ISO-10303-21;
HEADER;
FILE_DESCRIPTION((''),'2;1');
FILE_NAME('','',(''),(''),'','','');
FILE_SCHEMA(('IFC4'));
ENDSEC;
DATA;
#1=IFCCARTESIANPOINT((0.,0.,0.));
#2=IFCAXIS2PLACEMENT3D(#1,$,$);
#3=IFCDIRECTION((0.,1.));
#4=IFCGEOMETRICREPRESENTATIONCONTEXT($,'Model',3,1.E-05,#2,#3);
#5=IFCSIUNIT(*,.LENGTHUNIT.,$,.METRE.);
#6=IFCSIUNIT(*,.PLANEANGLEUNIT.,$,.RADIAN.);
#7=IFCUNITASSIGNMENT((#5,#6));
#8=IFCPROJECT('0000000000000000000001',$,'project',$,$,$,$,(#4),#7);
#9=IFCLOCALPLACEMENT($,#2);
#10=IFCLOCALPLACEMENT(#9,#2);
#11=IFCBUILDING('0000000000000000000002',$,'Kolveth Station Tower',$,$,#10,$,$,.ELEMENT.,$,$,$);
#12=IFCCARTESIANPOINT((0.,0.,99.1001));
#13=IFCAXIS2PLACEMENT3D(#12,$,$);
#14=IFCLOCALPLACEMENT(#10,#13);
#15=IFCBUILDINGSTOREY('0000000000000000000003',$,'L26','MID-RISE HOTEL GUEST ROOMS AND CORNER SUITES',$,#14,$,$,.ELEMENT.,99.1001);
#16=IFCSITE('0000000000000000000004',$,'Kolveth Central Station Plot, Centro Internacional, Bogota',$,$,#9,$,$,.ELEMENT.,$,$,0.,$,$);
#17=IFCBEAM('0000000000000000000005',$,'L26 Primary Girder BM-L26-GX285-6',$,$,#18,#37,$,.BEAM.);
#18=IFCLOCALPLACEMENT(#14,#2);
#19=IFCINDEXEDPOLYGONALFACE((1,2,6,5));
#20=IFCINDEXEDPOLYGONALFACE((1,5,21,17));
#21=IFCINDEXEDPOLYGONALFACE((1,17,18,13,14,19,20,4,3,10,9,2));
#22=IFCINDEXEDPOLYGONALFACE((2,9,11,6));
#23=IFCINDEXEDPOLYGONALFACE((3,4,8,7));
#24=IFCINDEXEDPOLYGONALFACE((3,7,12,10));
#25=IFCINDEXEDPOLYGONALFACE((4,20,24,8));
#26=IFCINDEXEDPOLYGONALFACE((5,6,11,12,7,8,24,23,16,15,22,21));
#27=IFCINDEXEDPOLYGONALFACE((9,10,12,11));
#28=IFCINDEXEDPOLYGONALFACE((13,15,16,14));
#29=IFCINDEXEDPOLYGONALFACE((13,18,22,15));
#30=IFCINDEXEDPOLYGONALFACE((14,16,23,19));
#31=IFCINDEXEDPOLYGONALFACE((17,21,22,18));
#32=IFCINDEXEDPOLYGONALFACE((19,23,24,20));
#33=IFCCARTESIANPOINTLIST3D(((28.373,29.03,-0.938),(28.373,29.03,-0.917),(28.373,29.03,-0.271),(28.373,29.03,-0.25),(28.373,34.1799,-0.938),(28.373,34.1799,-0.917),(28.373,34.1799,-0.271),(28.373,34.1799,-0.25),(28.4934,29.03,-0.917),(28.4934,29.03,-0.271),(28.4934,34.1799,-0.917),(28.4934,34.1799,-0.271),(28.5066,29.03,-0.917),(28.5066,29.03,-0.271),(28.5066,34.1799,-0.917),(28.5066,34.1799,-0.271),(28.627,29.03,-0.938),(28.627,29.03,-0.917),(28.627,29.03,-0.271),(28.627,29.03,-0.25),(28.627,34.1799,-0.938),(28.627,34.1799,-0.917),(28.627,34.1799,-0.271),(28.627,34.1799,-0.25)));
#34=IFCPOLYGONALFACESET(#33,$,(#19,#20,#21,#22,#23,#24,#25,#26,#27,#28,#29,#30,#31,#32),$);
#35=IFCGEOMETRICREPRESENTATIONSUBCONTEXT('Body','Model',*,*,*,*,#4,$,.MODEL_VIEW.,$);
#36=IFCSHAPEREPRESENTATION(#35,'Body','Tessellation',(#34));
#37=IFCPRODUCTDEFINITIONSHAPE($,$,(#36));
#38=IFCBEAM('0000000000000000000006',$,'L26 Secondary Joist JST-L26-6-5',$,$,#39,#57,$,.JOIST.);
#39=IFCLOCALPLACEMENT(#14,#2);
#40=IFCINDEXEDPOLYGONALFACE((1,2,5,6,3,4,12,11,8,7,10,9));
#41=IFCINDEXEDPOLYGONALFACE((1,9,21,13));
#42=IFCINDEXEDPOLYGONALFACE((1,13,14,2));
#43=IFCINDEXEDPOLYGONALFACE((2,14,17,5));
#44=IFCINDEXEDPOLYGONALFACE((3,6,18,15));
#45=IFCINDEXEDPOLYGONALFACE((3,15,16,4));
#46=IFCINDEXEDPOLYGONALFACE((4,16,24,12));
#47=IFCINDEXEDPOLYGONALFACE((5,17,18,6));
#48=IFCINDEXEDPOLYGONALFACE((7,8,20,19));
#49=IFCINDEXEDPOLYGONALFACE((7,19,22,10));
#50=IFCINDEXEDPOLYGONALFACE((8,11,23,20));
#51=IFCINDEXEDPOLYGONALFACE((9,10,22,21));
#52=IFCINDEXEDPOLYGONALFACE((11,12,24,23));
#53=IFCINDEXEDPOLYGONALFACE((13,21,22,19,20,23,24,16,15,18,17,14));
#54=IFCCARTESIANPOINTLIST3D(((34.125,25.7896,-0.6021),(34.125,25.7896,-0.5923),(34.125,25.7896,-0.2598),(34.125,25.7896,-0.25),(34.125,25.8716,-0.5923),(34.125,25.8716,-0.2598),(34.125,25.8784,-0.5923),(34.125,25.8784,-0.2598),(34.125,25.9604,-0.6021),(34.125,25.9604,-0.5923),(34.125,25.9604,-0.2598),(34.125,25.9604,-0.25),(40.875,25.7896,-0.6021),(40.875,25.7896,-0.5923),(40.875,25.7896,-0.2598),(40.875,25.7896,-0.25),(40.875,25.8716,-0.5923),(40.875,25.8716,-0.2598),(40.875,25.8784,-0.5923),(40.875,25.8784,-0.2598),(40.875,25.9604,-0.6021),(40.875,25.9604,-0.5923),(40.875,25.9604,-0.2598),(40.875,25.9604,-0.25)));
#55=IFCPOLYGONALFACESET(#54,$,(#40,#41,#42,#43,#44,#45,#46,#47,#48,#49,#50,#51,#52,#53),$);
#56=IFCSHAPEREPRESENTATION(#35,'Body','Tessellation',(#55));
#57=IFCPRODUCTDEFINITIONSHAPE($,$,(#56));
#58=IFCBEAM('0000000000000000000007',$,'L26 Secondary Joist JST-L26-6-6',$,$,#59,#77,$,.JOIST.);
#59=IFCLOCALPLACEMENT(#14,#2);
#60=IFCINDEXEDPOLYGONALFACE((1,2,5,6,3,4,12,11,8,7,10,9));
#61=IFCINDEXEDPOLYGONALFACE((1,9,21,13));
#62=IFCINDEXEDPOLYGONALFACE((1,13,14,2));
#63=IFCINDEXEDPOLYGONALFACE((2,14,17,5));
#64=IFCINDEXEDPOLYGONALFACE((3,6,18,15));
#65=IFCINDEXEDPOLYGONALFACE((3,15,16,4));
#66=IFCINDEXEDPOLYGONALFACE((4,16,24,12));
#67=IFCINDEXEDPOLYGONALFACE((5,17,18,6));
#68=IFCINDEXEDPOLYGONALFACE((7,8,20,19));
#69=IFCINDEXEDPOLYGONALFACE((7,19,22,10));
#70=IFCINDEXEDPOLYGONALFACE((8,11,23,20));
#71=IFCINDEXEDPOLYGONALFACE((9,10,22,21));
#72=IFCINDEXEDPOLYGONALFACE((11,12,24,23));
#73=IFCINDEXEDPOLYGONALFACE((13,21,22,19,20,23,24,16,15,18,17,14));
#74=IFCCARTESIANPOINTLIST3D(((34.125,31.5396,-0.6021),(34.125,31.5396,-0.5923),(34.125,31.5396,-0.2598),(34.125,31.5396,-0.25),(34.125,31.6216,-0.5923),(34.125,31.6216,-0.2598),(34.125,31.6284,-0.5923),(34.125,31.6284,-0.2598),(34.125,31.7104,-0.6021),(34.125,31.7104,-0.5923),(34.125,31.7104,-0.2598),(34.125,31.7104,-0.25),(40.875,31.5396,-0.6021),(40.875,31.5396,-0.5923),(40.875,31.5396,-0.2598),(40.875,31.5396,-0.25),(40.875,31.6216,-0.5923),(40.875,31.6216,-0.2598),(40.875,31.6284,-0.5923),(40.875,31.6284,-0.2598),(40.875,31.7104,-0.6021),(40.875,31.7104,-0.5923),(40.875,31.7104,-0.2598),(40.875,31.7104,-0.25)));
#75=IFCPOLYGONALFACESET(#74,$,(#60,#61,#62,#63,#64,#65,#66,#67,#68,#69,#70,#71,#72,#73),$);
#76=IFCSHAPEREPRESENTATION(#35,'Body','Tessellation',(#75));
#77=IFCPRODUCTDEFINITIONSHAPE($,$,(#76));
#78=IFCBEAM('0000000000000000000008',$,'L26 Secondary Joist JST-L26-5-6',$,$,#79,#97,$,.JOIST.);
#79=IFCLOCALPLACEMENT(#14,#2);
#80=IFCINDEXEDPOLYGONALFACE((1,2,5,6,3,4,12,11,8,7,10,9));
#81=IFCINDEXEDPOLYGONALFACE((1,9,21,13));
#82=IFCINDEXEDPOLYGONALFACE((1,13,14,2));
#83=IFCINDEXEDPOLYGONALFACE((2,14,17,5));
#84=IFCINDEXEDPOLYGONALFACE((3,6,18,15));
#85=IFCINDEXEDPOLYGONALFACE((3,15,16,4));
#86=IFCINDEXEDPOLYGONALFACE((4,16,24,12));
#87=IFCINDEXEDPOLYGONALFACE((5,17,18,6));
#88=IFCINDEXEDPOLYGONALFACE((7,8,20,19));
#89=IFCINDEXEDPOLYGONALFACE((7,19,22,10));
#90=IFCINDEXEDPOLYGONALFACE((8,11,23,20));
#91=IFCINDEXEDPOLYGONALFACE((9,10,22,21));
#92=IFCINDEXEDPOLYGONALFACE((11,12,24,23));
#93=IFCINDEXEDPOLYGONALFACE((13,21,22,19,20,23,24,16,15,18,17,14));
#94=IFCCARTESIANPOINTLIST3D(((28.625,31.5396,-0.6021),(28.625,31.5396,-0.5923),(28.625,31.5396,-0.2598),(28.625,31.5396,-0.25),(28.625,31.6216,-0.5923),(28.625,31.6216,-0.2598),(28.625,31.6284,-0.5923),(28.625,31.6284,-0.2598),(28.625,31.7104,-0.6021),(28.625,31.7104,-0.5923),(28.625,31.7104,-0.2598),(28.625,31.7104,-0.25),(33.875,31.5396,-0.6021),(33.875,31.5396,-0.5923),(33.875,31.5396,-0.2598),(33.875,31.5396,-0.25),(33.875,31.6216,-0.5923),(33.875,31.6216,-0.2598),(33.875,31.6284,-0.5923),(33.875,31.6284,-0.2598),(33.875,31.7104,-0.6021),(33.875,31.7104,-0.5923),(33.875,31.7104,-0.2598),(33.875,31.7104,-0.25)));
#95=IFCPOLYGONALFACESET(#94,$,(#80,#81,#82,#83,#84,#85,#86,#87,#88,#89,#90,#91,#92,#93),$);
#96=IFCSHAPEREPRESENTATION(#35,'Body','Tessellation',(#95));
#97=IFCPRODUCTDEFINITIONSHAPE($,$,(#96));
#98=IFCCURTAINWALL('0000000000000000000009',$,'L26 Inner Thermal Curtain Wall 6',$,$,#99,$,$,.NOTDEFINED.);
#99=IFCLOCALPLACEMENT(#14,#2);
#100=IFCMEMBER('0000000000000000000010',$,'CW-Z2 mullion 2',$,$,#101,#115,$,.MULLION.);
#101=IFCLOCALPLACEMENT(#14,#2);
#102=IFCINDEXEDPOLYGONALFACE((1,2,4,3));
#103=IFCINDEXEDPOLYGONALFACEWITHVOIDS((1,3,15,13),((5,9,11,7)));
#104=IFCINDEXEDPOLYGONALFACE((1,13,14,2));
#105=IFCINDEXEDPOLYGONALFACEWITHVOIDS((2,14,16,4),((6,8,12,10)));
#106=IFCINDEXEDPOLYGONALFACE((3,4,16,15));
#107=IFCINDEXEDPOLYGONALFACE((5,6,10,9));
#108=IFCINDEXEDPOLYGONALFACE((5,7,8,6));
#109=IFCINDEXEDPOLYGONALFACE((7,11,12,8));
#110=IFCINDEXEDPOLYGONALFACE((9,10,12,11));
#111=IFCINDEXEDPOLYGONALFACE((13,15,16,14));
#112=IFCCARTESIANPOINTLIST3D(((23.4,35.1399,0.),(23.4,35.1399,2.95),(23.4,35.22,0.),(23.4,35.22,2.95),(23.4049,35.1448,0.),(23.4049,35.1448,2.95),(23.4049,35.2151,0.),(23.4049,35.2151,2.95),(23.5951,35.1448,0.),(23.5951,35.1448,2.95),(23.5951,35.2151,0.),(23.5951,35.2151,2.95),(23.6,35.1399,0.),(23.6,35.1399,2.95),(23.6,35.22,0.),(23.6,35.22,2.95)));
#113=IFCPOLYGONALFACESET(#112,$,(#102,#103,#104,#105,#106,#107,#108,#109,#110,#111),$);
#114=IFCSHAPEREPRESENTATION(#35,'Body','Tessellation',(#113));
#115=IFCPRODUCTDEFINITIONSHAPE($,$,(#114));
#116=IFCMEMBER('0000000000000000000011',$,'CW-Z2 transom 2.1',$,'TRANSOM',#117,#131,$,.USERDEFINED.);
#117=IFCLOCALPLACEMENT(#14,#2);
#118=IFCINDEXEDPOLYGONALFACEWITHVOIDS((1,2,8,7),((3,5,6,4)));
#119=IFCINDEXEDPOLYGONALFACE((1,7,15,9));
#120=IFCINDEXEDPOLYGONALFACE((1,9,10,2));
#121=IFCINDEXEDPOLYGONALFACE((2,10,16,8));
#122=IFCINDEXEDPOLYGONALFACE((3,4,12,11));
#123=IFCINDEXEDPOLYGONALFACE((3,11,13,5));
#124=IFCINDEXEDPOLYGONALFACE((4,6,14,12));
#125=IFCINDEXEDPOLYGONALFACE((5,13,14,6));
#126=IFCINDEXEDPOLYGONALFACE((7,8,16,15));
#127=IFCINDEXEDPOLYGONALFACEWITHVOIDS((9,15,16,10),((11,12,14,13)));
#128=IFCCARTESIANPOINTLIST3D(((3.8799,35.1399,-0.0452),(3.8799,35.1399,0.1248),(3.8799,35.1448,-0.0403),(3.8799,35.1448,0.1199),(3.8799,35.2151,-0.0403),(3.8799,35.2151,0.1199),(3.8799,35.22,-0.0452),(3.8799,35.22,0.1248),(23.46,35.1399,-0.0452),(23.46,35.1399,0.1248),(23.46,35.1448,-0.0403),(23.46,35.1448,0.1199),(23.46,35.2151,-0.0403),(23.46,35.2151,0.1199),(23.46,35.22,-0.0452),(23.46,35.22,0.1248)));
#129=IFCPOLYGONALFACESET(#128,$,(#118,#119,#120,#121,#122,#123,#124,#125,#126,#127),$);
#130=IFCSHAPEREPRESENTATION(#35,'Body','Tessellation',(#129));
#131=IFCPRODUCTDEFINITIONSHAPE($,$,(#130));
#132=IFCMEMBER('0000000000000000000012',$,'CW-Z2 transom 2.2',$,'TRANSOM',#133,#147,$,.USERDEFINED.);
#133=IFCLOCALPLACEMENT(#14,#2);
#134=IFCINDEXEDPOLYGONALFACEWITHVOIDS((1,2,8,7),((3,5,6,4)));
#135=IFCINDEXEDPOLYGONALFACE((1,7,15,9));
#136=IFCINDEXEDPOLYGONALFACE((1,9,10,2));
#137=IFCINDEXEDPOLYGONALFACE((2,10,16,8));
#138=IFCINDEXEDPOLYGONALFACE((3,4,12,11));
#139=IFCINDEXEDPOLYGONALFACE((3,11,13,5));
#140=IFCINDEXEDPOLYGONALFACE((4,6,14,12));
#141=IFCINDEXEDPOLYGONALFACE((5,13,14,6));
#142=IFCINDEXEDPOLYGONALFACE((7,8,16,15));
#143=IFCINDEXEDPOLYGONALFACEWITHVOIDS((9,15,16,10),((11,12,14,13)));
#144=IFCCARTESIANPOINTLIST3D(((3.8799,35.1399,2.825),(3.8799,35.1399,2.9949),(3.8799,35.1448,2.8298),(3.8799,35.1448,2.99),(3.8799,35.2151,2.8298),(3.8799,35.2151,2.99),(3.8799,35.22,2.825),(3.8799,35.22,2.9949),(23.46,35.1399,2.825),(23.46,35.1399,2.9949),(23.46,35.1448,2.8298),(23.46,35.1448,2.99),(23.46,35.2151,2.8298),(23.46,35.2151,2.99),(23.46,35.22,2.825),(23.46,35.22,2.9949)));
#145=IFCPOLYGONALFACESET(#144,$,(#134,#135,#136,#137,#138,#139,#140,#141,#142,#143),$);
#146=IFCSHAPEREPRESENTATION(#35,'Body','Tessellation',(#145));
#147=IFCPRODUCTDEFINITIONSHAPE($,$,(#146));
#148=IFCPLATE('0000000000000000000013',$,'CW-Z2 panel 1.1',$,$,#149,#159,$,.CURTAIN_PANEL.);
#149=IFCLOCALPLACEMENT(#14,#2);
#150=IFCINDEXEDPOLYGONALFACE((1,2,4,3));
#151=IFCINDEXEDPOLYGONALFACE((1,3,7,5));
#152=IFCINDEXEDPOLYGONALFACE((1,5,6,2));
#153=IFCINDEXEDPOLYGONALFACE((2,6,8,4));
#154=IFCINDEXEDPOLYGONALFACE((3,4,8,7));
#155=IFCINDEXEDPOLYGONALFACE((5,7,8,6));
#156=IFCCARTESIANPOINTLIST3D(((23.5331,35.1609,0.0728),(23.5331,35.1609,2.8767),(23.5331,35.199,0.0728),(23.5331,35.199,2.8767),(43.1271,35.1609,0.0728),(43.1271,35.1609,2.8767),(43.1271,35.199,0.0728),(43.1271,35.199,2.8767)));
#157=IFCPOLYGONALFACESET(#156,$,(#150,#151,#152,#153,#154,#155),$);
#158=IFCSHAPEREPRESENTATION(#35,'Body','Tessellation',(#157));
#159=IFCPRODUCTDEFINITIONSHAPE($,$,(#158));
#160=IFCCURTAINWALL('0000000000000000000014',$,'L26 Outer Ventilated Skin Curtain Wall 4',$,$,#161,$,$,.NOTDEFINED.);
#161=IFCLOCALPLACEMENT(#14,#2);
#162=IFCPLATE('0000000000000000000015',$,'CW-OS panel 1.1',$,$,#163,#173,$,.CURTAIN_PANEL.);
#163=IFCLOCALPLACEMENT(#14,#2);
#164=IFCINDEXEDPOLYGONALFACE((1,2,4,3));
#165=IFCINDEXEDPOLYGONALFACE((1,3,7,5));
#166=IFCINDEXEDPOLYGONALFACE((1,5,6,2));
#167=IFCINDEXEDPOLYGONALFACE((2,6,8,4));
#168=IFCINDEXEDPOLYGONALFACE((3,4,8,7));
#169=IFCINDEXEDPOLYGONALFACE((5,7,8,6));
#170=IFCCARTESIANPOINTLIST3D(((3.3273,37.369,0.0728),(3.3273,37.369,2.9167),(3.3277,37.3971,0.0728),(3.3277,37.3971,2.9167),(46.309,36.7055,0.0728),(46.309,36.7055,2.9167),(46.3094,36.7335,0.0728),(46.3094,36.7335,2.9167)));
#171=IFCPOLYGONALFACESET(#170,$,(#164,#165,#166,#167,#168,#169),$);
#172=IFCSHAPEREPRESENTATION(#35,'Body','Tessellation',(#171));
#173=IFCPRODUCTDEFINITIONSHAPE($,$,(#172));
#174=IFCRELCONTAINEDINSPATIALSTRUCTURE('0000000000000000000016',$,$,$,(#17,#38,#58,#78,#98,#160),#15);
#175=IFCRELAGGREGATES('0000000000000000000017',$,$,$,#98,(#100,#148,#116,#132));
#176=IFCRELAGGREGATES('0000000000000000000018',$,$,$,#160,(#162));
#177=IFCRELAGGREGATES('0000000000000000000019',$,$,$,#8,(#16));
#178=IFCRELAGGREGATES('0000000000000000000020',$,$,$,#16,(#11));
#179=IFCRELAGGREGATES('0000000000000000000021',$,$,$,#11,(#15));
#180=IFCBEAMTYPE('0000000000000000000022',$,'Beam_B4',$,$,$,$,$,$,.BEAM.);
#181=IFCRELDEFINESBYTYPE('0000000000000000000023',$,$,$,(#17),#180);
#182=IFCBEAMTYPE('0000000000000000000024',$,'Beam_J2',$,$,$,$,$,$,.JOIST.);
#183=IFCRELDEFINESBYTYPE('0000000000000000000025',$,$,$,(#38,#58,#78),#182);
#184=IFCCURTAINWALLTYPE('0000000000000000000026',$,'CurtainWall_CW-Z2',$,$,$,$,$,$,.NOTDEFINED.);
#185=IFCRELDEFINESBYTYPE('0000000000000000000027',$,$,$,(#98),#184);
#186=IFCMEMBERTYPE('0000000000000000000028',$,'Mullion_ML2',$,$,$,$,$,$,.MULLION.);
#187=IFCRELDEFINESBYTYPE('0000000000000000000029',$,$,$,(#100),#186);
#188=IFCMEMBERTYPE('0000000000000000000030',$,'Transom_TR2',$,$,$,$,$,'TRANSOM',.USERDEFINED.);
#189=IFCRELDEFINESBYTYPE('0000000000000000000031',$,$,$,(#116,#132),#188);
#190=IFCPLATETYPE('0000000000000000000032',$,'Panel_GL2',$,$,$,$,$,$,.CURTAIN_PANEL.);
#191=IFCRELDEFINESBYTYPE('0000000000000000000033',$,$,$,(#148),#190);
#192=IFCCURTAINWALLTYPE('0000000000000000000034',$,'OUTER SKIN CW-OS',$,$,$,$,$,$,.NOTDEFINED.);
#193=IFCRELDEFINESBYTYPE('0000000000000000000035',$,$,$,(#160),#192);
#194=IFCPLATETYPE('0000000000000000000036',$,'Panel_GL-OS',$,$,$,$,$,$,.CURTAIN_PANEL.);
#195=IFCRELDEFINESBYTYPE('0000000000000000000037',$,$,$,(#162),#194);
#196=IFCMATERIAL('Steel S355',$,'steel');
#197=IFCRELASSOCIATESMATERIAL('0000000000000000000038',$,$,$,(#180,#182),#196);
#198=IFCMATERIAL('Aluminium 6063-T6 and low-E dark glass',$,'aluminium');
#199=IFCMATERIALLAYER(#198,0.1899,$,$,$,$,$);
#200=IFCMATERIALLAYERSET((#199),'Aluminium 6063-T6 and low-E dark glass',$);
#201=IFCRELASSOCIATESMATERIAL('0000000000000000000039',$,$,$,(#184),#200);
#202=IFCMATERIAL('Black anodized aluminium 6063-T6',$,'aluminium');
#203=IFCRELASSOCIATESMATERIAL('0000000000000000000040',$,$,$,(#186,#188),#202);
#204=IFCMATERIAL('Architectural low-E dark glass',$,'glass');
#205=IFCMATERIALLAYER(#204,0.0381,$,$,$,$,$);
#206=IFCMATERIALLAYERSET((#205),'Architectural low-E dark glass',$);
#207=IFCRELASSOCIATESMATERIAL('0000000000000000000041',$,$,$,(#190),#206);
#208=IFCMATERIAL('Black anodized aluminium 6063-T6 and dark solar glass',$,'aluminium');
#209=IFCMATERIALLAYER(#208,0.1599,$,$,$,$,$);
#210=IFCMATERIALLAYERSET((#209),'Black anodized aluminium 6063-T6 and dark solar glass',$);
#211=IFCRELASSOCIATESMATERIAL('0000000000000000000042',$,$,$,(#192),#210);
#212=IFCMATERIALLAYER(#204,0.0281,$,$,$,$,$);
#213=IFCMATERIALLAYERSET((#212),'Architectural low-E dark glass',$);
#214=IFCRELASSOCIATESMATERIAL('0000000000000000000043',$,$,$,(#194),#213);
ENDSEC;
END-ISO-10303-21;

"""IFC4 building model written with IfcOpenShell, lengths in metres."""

from ifc_helpers import new_model, si_unit, direction, frame, origin, origin_2d, place, context, subcontext, project, spatial, rectangle, hollow_rectangle, i_section, extrude, source, transform, mapped, material, layer, layer_set, material_profile, profile_set, type_object, element, aggregate, save


model = new_model("IFC4")

# Units and contexts
model_context = context("Model", 3, precision=1e-05, world=origin(), true_north=direction((0.0, 1.0)))
body_context = subcontext(model_context, "Body", "Model", "MODEL_VIEW")
ifc_project = project(units=[si_unit("LENGTHUNIT", "METRE"), si_unit("PLANEANGLEUNIT", "RADIAN")], contexts=[model_context])

# Site, building, storey
site_placement = place(None, origin())
site = spatial("IfcSite", under=ifc_project, at=site_placement, Name="Kolveth Central Station Plot, Centro Internacional, Bogota", CompositionType="ELEMENT", RefElevation=0.0)
building_placement = place(site_placement, origin())
building = spatial("IfcBuilding", under=site, at=building_placement, Name="Kolveth Station Tower", CompositionType="ELEMENT")
storey_placement = place(building_placement, frame((0.0, 0.0, 99.1001)))
storey = spatial("IfcBuildingStorey", under=building, at=storey_placement, Name="L26", Description="MID-RISE HOTEL GUEST ROOMS AND CORNER SUITES", CompositionType="ELEMENT", Elevation=99.1001)

# Shared definitions
ifc_material_1 = material(Name="Steel S355", Category="steel")

# Beams
ifc_material_profile_1 = material_profile(ifc_material_1, i_section(OverallWidth=0.2539, OverallDepth=0.688, WebThickness=0.0132, FlangeThickness=0.021, at=origin_2d()), Name="W690x152")
ifc_profile_set_1 = profile_set([ifc_material_profile_1], Name="Steel S355")
beam_type_1 = type_object("IfcBeamType", Name="Beam_B4", PredefinedType="BEAM", material=ifc_profile_set_1)
shared_shape_1 = source(origin(), body_context, "Body", "SweptSolid", [
    extrude(i_section(OverallWidth=0.2539, OverallDepth=0.688, WebThickness=0.0132, FlangeThickness=0.021, at=origin_2d()), origin(), (0.0, 0.0, 1.0), 5.1499),
])
beam_1_placement = place(storey_placement, frame((28.5, 29.03, -0.594), z_axis=(0.0, 1.0, 0.0), x_axis=(-1.0, 0.0, 0.0)))
element("IfcBeam", 1, at=beam_1_placement, inside=storey, type_object=beam_type_1, Name="L26 Primary Girder BM-L26-GX285-6", PredefinedType="BEAM", context=body_context, shape_type="MappedRepresentation", body=[
    mapped(shared_shape_1, transform((0.0, 0.0, 0.0), x_axis=(1.0, 0.0, 0.0), y_axis=(0.0, 1.0, 0.0), z_axis=(0.0, 0.0, 1.0), scale=1.0)),
])
ifc_material_profile_2 = material_profile(ifc_material_1, i_section(OverallWidth=0.1709, OverallDepth=0.3521, WebThickness=0.0068, FlangeThickness=0.0098, at=origin_2d()), Name="W360x44")
ifc_profile_set_2 = profile_set([ifc_material_profile_2], Name="Steel S355")
beam_type_2 = type_object("IfcBeamType", Name="Beam_J2", PredefinedType="JOIST", material=ifc_profile_set_2)
shared_shape_2 = source(origin(), body_context, "Body", "SweptSolid", [
    extrude(i_section(OverallWidth=0.1709, OverallDepth=0.3521, WebThickness=0.0068, FlangeThickness=0.0098, at=origin_2d()), origin(), (0.0, 0.0, 1.0), 6.75),
])
for number, where, z_axis, x_axis, name in (
    (2, (34.125, 25.875, -0.426), (1.0, 0.0, 0.0), (0.0, 1.0, 0.0), "L26 Secondary Joist JST-L26-6-5"),
    (3, (34.125, 31.625, -0.426), (1.0, 0.0, 0.0), (0.0, 1.0, 0.0), "L26 Secondary Joist JST-L26-6-6"),
):
    element("IfcBeam", number, at=place(storey_placement, frame(where, z_axis=z_axis, x_axis=x_axis)), inside=storey, type_object=beam_type_2, Name=name, PredefinedType="JOIST", context=body_context, shape_type="MappedRepresentation", body=[
        mapped(shared_shape_2, transform((0.0, 0.0, 0.0), x_axis=(1.0, 0.0, 0.0), y_axis=(0.0, 1.0, 0.0), z_axis=(0.0, 0.0, 1.0), scale=1.0)),
    ])
shared_shape_3 = source(origin(), body_context, "Body", "SweptSolid", [
    extrude(i_section(OverallWidth=0.1709, OverallDepth=0.3521, WebThickness=0.0068, FlangeThickness=0.0098, at=origin_2d()), origin(), (0.0, 0.0, 1.0), 5.25),
])
beam_2_placement = place(storey_placement, frame((28.625, 31.625, -0.426), z_axis=(1.0, 0.0, 0.0), x_axis=(0.0, 1.0, 0.0)))
element("IfcBeam", 4, at=beam_2_placement, inside=storey, type_object=beam_type_2, Name="L26 Secondary Joist JST-L26-5-6", PredefinedType="JOIST", context=body_context, shape_type="MappedRepresentation", body=[
    mapped(shared_shape_3, transform((0.0, 0.0, 0.0), x_axis=(1.0, 0.0, 0.0), y_axis=(0.0, 1.0, 0.0), z_axis=(0.0, 0.0, 1.0), scale=1.0)),
])

# Curtain wall, members, plate
ifc_material_2 = material(Name="Aluminium 6063-T6 and low-E dark glass", Category="aluminium")
ifc_layer_1 = layer(ifc_material_2, 0.1899)
ifc_layer_set_1 = layer_set([ifc_layer_1], Name="Aluminium 6063-T6 and low-E dark glass")
curtain_wall_type_1 = type_object("IfcCurtainWallType", Name="CurtainWall_CW-Z2", PredefinedType="NOTDEFINED", material=ifc_layer_set_1)
curtain_wall_1_placement = place(storey_placement, origin())
curtain_wall_1 = element("IfcCurtainWall", 5, at=curtain_wall_1_placement, inside=storey, type_object=curtain_wall_type_1, Name="L26 Inner Thermal Curtain Wall 6", PredefinedType="NOTDEFINED")
ifc_material_3 = material(Name="Black anodized aluminium 6063-T6", Category="aluminium")
ifc_material_profile_3 = material_profile(ifc_material_3, hollow_rectangle(XDim=0.0801, YDim=0.2, WallThickness=0.0049, at=origin_2d()), Name="ALU-80x200x5")
ifc_profile_set_3 = profile_set([ifc_material_profile_3], Name="Black anodized aluminium 6063-T6")
member_type_1 = type_object("IfcMemberType", Name="Mullion_ML2", PredefinedType="MULLION", material=ifc_profile_set_3)
shared_shape_4 = source(origin(), body_context, "Body", "SweptSolid", [
    extrude(hollow_rectangle(XDim=0.0801, YDim=0.2, WallThickness=0.0049, at=origin_2d()), origin(), (0.0, 0.0, 1.0), 2.95),
])
member_1_placement = place(storey_placement, frame((23.5, 35.1799, 0.0), z_axis=(0.0, 0.0, 1.0), x_axis=(0.0, -1.0, 0.0)))
member_1 = element("IfcMember", 6, at=member_1_placement, type_object=member_type_1, Name="CW-Z2 mullion 2", PredefinedType="MULLION", context=body_context, shape_type="MappedRepresentation", body=[
    mapped(shared_shape_4, transform((0.0, 0.0, 0.0), x_axis=(1.0, 0.0, 0.0), y_axis=(0.0, 1.0, 0.0), z_axis=(0.0, 0.0, 1.0), scale=1.0)),
])
ifc_material_profile_4 = material_profile(ifc_material_3, hollow_rectangle(XDim=0.0801, YDim=0.1699, WallThickness=0.0049, at=origin_2d()), Name="ALU-80x170x5")
ifc_profile_set_4 = profile_set([ifc_material_profile_4], Name="Black anodized aluminium 6063-T6")
member_type_2 = type_object("IfcMemberType", Name="Transom_TR2", ElementType="TRANSOM", PredefinedType="USERDEFINED", material=ifc_profile_set_4)
shared_shape_5 = source(origin(), body_context, "Body", "SweptSolid", [
    extrude(hollow_rectangle(XDim=0.0801, YDim=0.1699, WallThickness=0.0049, at=origin_2d()), origin(), (0.0, 0.0, 1.0), 19.5801),
])
member_2_placement = place(storey_placement, frame((23.46, 35.1799, 0.0398), z_axis=(-1.0, 0.0, 0.0), x_axis=(0.0, -1.0, 0.0)))
member_2 = element("IfcMember", 7, at=member_2_placement, type_object=member_type_2, Name="CW-Z2 transom 2.1", ObjectType="TRANSOM", PredefinedType="USERDEFINED", context=body_context, shape_type="MappedRepresentation", body=[
    mapped(shared_shape_5, transform((0.0, 0.0, 0.0), x_axis=(1.0, 0.0, 0.0), y_axis=(0.0, 1.0, 0.0), z_axis=(0.0, 0.0, 1.0), scale=1.0)),
])
member_3_placement = place(storey_placement, frame((23.46, 35.1799, 2.9099), z_axis=(-1.0, 0.0, 0.0), x_axis=(0.0, -1.0, 0.0)))
member_3 = element("IfcMember", 8, at=member_3_placement, type_object=member_type_2, Name="CW-Z2 transom 2.2", ObjectType="TRANSOM", PredefinedType="USERDEFINED", context=body_context, shape_type="MappedRepresentation", body=[
    mapped(shared_shape_5, transform((0.0, 0.0, 0.0), x_axis=(1.0, 0.0, 0.0), y_axis=(0.0, 1.0, 0.0), z_axis=(0.0, 0.0, 1.0), scale=1.0)),
])
ifc_material_4 = material(Name="Architectural low-E dark glass", Category="glass")
ifc_layer_2 = layer(ifc_material_4, 0.0381)
ifc_layer_set_2 = layer_set([ifc_layer_2], Name="Architectural low-E dark glass")
plate_type_1 = type_object("IfcPlateType", Name="Panel_GL2", PredefinedType="CURTAIN_PANEL", material=ifc_layer_set_2)
shared_shape_6 = source(origin(), body_context, "Body", "SweptSolid", [
    extrude(rectangle(XDim=19.594, YDim=0.0381, at=origin_2d()), origin(), (0.0, 0.0, 1.0), 2.804),
])
plate_1_placement = place(storey_placement, frame((33.3301, 35.1799, 0.0728), z_axis=(0.0, 0.0, 1.0), x_axis=(-1.0, 0.0, 0.0)))
plate_1 = element("IfcPlate", 9, at=plate_1_placement, type_object=plate_type_1, Name="CW-Z2 panel 1.1", PredefinedType="CURTAIN_PANEL", context=body_context, shape_type="MappedRepresentation", body=[
    mapped(shared_shape_6, transform((0.0, 0.0, 0.0), x_axis=(1.0, 0.0, 0.0), y_axis=(0.0, 1.0, 0.0), z_axis=(0.0, 0.0, 1.0), scale=1.0)),
])
aggregate(curtain_wall_1, [member_1, plate_1, member_2, member_3])

# Curtain wall, plate
ifc_material_5 = material(Name="Black anodized aluminium 6063-T6 and dark solar glass", Category="aluminium")
ifc_layer_3 = layer(ifc_material_5, 0.1599)
ifc_layer_set_3 = layer_set([ifc_layer_3], Name="Black anodized aluminium 6063-T6 and dark solar glass")
curtain_wall_type_2 = type_object("IfcCurtainWallType", Name="OUTER SKIN CW-OS", PredefinedType="NOTDEFINED", material=ifc_layer_set_3)
curtain_wall_2_placement = place(storey_placement, origin())
curtain_wall_2 = element("IfcCurtainWall", 10, at=curtain_wall_2_placement, inside=storey, type_object=curtain_wall_type_2, Name="L26 Outer Ventilated Skin Curtain Wall 4", PredefinedType="NOTDEFINED")
ifc_layer_4 = layer(ifc_material_4, 0.0281)
ifc_layer_set_4 = layer_set([ifc_layer_4], Name="Architectural low-E dark glass")
plate_type_2 = type_object("IfcPlateType", Name="Panel_GL-OS", PredefinedType="CURTAIN_PANEL", material=ifc_layer_set_4)
shared_shape_7 = source(origin(), body_context, "Body", "SweptSolid", [
    extrude(rectangle(XDim=42.9868, YDim=0.0281, at=origin_2d()), origin(), (0.0, 0.0, 1.0), 2.844),
])
plate_2_placement = place(storey_placement, frame((24.8184, 37.0513, 0.0728), z_axis=(0.0, 0.0, 1.0), x_axis=(-0.999881, 0.015436, 0.0)))
plate_2 = element("IfcPlate", 11, at=plate_2_placement, type_object=plate_type_2, Name="CW-OS panel 1.1", PredefinedType="CURTAIN_PANEL", context=body_context, shape_type="MappedRepresentation", body=[
    mapped(shared_shape_7, transform((0.0, 0.0, 0.0), x_axis=(1.0, 0.0, 0.0), y_axis=(0.0, 1.0, 0.0), z_axis=(0.0, 0.0, 1.0), scale=1.0)),
])
aggregate(curtain_wall_2, [plate_2])

save(model, "model.ifc")
